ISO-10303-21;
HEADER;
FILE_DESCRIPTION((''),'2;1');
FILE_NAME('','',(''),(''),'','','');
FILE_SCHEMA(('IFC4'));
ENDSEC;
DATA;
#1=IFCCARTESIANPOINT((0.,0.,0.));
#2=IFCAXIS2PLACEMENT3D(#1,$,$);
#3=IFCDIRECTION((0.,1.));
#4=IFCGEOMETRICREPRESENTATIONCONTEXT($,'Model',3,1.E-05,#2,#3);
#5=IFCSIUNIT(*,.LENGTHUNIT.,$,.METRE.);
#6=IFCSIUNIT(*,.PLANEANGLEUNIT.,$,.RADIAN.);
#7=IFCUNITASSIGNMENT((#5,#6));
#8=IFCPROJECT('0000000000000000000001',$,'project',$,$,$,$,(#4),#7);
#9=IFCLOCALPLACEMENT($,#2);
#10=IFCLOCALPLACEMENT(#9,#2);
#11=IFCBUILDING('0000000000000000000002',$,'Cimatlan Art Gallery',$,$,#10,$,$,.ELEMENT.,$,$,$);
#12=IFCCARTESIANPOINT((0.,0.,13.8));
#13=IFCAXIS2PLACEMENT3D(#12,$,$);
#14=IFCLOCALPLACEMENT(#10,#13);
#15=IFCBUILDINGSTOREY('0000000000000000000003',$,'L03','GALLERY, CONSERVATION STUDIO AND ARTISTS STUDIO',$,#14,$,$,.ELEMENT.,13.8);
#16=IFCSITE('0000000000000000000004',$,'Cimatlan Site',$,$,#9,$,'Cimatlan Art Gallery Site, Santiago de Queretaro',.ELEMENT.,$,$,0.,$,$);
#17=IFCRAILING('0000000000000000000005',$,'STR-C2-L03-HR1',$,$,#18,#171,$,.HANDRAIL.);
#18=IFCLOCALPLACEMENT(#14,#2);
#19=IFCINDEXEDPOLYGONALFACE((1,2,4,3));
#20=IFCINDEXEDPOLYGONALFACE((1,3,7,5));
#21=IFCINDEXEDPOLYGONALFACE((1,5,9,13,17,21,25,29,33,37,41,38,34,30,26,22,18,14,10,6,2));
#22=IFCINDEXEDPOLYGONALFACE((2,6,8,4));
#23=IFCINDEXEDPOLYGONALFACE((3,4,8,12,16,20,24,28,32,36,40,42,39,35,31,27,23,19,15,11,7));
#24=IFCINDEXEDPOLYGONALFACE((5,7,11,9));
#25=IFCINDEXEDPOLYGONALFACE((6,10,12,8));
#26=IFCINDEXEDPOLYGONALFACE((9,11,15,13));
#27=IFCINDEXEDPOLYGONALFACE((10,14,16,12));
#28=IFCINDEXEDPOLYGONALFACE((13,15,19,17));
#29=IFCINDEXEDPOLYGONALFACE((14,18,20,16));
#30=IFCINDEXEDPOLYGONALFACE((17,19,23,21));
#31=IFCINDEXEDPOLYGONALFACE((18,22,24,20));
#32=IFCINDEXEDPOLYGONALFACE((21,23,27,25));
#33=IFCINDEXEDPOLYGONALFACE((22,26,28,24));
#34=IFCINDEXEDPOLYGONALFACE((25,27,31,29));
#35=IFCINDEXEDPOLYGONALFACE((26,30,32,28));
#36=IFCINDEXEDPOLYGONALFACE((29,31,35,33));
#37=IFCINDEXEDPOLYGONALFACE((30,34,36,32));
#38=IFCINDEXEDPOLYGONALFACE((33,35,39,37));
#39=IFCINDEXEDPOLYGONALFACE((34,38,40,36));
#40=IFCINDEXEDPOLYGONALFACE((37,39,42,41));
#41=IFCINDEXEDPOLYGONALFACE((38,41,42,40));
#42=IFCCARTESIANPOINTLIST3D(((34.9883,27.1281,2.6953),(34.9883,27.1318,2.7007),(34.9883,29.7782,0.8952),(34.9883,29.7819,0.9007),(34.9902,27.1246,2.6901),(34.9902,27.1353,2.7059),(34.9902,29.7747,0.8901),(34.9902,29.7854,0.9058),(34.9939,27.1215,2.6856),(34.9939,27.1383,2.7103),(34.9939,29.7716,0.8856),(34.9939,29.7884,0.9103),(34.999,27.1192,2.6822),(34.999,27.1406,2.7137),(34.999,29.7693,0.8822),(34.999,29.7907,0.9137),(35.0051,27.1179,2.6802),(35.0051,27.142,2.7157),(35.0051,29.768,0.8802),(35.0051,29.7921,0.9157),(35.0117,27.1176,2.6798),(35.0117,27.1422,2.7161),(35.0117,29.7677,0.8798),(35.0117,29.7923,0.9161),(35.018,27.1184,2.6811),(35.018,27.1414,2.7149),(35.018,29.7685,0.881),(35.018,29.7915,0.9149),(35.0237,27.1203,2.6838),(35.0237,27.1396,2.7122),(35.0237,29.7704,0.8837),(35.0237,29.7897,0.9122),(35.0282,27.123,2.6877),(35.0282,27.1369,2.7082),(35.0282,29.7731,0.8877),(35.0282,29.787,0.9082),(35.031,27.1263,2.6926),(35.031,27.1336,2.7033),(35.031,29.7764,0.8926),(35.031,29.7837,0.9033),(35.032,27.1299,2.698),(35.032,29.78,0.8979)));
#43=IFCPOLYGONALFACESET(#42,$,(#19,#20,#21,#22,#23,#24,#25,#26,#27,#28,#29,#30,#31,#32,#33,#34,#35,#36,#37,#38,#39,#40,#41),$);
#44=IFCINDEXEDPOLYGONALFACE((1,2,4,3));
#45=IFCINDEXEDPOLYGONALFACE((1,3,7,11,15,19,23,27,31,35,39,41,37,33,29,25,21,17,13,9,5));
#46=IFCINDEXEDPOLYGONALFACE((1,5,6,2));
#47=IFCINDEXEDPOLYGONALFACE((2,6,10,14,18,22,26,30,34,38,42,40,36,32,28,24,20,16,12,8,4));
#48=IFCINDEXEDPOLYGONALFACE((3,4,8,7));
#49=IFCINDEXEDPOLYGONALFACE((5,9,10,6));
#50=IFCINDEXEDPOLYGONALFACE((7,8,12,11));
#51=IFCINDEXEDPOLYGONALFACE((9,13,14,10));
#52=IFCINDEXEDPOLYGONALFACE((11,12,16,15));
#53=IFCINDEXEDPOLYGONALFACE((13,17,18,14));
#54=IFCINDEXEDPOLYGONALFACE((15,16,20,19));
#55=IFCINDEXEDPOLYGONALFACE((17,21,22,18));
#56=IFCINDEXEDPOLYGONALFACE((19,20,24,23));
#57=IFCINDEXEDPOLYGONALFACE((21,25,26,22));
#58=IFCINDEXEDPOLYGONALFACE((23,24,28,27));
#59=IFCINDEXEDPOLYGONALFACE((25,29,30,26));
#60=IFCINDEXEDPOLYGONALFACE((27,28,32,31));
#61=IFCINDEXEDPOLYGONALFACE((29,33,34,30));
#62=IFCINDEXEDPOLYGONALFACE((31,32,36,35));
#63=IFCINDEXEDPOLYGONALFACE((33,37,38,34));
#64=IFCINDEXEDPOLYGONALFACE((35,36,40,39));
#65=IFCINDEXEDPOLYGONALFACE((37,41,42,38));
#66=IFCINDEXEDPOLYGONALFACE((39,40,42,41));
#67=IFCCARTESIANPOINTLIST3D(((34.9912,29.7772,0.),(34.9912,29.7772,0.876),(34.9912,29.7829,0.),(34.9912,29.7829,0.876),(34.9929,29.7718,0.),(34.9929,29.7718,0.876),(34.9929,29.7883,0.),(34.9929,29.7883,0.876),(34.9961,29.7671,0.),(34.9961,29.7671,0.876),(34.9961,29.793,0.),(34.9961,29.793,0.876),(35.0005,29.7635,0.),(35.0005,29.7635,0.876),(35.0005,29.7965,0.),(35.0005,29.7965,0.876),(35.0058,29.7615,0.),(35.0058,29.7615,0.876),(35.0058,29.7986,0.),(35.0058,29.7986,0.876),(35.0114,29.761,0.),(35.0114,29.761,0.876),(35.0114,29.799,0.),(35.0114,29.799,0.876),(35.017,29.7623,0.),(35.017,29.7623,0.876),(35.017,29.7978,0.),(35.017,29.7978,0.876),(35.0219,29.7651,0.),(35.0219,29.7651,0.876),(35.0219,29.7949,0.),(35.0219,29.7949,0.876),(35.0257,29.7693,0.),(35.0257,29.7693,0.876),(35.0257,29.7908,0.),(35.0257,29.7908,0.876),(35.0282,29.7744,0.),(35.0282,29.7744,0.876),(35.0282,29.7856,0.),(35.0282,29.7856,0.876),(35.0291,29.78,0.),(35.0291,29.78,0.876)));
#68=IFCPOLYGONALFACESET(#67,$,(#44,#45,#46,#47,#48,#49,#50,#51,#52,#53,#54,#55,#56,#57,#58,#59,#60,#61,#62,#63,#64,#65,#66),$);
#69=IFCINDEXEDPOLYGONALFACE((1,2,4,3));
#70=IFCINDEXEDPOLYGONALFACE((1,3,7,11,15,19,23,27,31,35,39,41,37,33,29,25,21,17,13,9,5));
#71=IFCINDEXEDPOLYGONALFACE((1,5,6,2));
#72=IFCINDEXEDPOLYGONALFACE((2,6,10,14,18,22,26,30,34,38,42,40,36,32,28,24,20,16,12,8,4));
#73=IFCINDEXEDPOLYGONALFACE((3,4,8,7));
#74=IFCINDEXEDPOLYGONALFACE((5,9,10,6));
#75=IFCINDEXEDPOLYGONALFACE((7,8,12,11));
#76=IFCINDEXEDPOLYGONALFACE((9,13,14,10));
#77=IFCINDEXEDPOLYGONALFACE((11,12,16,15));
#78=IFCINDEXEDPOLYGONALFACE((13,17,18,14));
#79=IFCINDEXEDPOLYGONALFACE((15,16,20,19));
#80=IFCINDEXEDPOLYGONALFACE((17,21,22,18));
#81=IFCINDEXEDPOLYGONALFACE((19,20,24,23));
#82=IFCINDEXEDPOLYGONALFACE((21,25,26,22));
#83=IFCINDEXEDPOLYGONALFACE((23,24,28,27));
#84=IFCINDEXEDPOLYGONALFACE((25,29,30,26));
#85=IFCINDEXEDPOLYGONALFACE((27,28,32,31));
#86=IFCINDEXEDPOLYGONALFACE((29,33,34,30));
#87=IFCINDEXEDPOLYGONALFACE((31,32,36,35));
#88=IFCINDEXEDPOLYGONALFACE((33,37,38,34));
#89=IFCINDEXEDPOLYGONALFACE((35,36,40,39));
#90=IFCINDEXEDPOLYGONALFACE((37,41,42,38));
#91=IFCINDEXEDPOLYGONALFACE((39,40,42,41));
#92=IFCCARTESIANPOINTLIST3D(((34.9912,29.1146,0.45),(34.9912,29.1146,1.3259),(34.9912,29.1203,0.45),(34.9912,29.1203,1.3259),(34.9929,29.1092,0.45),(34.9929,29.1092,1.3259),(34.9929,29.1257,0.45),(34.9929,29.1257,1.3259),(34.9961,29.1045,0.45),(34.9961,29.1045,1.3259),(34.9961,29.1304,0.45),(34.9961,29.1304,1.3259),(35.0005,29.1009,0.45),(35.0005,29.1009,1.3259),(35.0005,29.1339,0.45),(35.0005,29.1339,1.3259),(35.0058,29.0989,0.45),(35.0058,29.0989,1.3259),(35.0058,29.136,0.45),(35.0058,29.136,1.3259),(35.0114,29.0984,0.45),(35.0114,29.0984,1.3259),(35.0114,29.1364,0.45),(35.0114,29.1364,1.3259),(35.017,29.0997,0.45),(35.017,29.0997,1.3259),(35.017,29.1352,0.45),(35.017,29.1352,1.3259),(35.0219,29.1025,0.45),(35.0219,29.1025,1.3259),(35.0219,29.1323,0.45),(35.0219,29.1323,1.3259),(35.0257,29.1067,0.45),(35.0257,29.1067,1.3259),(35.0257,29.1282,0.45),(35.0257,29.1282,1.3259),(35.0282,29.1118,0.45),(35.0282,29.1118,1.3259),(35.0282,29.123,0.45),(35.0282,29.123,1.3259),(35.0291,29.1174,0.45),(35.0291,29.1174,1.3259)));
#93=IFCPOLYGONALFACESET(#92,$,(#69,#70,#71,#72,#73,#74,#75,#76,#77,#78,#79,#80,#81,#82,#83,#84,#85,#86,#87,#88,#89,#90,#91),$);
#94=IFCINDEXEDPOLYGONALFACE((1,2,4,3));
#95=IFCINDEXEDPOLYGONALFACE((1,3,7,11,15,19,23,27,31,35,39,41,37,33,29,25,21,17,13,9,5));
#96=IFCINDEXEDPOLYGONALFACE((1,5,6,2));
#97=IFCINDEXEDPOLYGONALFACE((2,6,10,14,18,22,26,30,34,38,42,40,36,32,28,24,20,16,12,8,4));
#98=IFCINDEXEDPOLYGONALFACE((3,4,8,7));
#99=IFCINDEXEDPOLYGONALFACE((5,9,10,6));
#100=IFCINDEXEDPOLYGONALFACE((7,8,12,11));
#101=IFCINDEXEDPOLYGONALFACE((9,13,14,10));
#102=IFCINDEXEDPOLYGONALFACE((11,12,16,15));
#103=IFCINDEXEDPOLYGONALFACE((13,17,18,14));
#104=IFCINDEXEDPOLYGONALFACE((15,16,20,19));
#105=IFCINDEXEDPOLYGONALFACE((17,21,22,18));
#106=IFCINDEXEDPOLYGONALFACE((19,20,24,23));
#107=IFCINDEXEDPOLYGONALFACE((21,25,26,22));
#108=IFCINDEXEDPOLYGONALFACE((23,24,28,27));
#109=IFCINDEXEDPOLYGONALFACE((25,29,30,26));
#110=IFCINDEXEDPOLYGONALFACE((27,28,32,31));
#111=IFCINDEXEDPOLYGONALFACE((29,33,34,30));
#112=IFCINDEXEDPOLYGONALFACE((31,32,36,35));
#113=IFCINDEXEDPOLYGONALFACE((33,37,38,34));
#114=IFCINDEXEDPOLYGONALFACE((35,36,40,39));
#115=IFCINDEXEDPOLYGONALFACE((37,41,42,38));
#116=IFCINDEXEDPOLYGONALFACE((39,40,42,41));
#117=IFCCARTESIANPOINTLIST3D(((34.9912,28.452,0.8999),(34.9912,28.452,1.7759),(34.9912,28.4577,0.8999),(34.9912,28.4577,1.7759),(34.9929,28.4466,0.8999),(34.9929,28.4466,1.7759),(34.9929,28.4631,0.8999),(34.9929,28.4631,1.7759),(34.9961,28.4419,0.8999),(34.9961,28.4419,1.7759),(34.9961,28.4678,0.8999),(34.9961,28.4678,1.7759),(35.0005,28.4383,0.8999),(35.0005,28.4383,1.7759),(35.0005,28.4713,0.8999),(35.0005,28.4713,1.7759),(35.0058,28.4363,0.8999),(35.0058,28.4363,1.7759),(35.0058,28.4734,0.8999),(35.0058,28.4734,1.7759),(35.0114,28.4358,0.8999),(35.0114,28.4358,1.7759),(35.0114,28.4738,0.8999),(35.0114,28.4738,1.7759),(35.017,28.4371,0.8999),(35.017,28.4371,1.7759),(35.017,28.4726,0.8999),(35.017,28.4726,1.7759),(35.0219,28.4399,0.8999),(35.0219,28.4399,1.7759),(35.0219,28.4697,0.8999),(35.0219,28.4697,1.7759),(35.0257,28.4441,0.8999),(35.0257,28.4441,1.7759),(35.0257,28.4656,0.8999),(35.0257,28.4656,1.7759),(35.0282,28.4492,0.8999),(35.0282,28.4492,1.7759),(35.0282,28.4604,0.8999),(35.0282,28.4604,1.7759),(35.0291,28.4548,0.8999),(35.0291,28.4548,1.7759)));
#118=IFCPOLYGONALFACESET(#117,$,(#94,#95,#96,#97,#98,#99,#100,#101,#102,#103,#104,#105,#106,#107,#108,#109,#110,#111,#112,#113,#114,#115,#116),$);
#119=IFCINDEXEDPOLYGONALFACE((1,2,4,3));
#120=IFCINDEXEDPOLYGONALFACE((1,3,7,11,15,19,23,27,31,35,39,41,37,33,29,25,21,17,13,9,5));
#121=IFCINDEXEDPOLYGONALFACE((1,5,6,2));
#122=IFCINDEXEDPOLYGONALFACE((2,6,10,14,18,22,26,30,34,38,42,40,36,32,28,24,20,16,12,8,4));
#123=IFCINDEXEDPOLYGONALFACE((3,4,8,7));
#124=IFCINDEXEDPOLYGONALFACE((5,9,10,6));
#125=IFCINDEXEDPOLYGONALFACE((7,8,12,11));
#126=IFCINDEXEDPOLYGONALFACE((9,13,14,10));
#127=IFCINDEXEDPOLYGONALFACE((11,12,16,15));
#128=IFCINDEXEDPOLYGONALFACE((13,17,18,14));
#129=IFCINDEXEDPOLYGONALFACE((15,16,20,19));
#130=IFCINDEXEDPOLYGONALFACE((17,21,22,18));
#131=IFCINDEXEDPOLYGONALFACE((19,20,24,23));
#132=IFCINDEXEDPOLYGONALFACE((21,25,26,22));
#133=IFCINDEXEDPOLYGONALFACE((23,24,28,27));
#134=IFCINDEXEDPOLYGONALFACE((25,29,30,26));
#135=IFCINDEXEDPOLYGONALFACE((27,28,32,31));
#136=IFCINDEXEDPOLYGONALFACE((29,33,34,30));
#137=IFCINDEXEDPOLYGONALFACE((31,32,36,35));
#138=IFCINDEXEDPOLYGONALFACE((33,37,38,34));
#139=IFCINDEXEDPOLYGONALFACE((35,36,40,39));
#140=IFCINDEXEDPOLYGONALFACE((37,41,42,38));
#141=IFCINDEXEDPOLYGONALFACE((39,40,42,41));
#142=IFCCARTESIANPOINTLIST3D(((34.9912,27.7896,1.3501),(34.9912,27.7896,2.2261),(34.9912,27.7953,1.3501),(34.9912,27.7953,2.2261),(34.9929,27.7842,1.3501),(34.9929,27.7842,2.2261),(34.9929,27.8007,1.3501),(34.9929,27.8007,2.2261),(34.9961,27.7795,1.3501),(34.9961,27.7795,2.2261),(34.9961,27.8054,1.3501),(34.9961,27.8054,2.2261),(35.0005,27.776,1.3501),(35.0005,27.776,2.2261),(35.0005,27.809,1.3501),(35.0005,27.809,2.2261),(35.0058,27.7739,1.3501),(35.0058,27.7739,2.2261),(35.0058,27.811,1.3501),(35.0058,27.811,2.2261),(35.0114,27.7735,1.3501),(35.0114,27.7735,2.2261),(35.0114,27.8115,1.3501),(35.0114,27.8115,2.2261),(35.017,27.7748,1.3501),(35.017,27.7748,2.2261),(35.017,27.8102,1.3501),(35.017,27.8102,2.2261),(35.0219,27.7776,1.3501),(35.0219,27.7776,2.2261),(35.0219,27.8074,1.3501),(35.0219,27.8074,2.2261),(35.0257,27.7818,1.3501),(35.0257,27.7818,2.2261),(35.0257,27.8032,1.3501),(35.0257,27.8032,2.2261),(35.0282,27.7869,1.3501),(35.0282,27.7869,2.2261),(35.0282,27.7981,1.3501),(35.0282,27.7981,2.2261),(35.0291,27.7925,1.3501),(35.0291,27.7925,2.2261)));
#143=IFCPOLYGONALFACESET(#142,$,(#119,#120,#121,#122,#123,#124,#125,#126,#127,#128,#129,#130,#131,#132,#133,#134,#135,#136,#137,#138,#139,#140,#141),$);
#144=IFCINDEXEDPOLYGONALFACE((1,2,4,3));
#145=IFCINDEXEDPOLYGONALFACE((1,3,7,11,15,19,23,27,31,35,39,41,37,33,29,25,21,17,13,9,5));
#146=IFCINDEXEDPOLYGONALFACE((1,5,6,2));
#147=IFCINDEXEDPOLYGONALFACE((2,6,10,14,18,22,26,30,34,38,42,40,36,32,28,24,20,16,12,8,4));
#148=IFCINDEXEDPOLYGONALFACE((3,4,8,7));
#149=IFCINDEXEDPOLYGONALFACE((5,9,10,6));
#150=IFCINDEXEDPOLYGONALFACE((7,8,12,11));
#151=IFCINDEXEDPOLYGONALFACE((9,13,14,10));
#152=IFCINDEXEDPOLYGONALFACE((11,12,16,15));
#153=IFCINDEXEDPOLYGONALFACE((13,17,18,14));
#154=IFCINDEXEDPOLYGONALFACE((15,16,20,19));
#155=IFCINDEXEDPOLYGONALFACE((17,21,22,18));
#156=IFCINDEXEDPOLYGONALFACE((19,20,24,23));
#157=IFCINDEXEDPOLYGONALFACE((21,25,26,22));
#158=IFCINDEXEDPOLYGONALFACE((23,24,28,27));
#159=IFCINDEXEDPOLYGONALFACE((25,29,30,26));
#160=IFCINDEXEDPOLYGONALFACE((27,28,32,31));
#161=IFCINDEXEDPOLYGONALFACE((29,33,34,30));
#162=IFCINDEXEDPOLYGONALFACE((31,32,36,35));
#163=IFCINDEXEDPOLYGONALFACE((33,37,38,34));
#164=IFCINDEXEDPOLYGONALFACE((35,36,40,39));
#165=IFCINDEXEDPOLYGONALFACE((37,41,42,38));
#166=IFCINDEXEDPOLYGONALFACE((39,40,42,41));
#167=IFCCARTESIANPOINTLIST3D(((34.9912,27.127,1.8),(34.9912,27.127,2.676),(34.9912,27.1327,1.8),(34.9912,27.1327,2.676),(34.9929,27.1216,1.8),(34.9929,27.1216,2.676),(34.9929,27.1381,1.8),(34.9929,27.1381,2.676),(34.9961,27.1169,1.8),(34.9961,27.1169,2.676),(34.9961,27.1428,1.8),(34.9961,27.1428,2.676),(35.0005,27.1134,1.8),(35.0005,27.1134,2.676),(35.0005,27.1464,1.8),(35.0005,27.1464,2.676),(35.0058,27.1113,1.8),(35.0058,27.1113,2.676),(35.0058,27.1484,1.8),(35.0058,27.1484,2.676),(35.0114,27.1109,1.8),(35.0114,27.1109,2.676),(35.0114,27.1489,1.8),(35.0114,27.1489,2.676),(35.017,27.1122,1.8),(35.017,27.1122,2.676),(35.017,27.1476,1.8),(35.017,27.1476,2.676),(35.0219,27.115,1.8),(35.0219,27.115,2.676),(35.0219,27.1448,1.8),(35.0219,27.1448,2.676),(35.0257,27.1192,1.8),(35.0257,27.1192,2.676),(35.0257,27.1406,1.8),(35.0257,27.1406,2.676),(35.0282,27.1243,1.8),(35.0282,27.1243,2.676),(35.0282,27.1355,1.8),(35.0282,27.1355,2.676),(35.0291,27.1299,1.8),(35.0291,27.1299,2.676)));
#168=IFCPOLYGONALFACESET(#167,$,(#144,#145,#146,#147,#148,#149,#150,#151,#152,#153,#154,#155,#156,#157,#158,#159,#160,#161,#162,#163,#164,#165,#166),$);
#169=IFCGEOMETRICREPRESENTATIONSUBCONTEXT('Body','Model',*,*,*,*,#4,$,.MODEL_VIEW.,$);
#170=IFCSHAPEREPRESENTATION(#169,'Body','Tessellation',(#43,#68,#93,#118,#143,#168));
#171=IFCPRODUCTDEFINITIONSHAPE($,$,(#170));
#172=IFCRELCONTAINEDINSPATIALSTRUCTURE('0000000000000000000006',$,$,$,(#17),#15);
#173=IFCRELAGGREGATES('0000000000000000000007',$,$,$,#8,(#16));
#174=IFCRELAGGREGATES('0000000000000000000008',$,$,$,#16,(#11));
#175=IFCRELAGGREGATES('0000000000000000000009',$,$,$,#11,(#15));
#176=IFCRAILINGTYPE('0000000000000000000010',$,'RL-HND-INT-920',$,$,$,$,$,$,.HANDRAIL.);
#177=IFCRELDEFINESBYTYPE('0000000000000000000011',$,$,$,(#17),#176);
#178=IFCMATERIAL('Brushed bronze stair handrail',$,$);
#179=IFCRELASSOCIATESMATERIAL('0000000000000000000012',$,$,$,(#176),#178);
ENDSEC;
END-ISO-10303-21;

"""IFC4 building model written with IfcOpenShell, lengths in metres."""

from ifc_helpers import new_model, si_unit, direction, frame, origin, origin_2d, place, context, subcontext, project, spatial, circle, extrude, material, type_object, element, save


model = new_model("IFC4")

# Units and contexts
model_context = context("Model", 3, precision=1e-05, world=origin(), true_north=direction((0.0, 1.0)))
body_context = subcontext(model_context, "Body", "Model", "MODEL_VIEW")
ifc_project = project(units=[si_unit("LENGTHUNIT", "METRE"), si_unit("PLANEANGLEUNIT", "RADIAN")], contexts=[model_context])

# Site, building, storey
site_placement = place(None, origin())
site = spatial("IfcSite", under=ifc_project, at=site_placement, Name="Cimatlan Site", LongName="Cimatlan Art Gallery Site, Santiago de Queretaro", CompositionType="ELEMENT", RefElevation=0.0)
building_placement = place(site_placement, origin())
building = spatial("IfcBuilding", under=site, at=building_placement, Name="Cimatlan Art Gallery", CompositionType="ELEMENT")
storey_placement = place(building_placement, frame((0.0, 0.0, 13.8)))
storey = spatial("IfcBuildingStorey", under=building, at=storey_placement, Name="L03", Description="GALLERY, CONSERVATION STUDIO AND ARTISTS STUDIO", CompositionType="ELEMENT", Elevation=13.8)

# Railing
ifc_material_1 = material(Name="Brushed bronze stair handrail")
railing_type_1 = type_object("IfcRailingType", Name="RL-HND-INT-920", PredefinedType="HANDRAIL", material=ifc_material_1)
railing_1_placement = place(storey_placement, frame((35.01, 29.78, 0.0)))
element("IfcRailing", 1, at=railing_1_placement, inside=storey, type_object=railing_type_1, Name="STR-C2-L03-HR1", PredefinedType="HANDRAIL", context=body_context, shape_type="SweptSolid", body=[
    extrude(circle(Radius=0.022, at=origin_2d()), frame((0.0, 0.0, 0.8979), z_axis=(0.0, -0.827224, 0.561872), x_axis=(1.0, 0.0, 0.0)), (0.0, 0.0, 1.0), 3.2036),
    extrude(circle(Radius=0.019, at=origin_2d()), origin(), (0.0, 0.0, 1.0), 0.876),
    extrude(circle(Radius=0.019, at=origin_2d()), frame((0.0, -0.6626, 0.45)), (0.0, 0.0, 1.0), 0.876),
    extrude(circle(Radius=0.019, at=origin_2d()), frame((0.0, -1.3252, 0.8999)), (0.0, 0.0, 1.0), 0.876),
    extrude(circle(Radius=0.019, at=origin_2d()), frame((0.0, -1.9875, 1.3501)), (0.0, 0.0, 1.0), 0.876),
    extrude(circle(Radius=0.019, at=origin_2d()), frame((0.0, -2.6501, 1.8)), (0.0, 0.0, 1.0), 0.876),
])

save(model, "model.ifc")
